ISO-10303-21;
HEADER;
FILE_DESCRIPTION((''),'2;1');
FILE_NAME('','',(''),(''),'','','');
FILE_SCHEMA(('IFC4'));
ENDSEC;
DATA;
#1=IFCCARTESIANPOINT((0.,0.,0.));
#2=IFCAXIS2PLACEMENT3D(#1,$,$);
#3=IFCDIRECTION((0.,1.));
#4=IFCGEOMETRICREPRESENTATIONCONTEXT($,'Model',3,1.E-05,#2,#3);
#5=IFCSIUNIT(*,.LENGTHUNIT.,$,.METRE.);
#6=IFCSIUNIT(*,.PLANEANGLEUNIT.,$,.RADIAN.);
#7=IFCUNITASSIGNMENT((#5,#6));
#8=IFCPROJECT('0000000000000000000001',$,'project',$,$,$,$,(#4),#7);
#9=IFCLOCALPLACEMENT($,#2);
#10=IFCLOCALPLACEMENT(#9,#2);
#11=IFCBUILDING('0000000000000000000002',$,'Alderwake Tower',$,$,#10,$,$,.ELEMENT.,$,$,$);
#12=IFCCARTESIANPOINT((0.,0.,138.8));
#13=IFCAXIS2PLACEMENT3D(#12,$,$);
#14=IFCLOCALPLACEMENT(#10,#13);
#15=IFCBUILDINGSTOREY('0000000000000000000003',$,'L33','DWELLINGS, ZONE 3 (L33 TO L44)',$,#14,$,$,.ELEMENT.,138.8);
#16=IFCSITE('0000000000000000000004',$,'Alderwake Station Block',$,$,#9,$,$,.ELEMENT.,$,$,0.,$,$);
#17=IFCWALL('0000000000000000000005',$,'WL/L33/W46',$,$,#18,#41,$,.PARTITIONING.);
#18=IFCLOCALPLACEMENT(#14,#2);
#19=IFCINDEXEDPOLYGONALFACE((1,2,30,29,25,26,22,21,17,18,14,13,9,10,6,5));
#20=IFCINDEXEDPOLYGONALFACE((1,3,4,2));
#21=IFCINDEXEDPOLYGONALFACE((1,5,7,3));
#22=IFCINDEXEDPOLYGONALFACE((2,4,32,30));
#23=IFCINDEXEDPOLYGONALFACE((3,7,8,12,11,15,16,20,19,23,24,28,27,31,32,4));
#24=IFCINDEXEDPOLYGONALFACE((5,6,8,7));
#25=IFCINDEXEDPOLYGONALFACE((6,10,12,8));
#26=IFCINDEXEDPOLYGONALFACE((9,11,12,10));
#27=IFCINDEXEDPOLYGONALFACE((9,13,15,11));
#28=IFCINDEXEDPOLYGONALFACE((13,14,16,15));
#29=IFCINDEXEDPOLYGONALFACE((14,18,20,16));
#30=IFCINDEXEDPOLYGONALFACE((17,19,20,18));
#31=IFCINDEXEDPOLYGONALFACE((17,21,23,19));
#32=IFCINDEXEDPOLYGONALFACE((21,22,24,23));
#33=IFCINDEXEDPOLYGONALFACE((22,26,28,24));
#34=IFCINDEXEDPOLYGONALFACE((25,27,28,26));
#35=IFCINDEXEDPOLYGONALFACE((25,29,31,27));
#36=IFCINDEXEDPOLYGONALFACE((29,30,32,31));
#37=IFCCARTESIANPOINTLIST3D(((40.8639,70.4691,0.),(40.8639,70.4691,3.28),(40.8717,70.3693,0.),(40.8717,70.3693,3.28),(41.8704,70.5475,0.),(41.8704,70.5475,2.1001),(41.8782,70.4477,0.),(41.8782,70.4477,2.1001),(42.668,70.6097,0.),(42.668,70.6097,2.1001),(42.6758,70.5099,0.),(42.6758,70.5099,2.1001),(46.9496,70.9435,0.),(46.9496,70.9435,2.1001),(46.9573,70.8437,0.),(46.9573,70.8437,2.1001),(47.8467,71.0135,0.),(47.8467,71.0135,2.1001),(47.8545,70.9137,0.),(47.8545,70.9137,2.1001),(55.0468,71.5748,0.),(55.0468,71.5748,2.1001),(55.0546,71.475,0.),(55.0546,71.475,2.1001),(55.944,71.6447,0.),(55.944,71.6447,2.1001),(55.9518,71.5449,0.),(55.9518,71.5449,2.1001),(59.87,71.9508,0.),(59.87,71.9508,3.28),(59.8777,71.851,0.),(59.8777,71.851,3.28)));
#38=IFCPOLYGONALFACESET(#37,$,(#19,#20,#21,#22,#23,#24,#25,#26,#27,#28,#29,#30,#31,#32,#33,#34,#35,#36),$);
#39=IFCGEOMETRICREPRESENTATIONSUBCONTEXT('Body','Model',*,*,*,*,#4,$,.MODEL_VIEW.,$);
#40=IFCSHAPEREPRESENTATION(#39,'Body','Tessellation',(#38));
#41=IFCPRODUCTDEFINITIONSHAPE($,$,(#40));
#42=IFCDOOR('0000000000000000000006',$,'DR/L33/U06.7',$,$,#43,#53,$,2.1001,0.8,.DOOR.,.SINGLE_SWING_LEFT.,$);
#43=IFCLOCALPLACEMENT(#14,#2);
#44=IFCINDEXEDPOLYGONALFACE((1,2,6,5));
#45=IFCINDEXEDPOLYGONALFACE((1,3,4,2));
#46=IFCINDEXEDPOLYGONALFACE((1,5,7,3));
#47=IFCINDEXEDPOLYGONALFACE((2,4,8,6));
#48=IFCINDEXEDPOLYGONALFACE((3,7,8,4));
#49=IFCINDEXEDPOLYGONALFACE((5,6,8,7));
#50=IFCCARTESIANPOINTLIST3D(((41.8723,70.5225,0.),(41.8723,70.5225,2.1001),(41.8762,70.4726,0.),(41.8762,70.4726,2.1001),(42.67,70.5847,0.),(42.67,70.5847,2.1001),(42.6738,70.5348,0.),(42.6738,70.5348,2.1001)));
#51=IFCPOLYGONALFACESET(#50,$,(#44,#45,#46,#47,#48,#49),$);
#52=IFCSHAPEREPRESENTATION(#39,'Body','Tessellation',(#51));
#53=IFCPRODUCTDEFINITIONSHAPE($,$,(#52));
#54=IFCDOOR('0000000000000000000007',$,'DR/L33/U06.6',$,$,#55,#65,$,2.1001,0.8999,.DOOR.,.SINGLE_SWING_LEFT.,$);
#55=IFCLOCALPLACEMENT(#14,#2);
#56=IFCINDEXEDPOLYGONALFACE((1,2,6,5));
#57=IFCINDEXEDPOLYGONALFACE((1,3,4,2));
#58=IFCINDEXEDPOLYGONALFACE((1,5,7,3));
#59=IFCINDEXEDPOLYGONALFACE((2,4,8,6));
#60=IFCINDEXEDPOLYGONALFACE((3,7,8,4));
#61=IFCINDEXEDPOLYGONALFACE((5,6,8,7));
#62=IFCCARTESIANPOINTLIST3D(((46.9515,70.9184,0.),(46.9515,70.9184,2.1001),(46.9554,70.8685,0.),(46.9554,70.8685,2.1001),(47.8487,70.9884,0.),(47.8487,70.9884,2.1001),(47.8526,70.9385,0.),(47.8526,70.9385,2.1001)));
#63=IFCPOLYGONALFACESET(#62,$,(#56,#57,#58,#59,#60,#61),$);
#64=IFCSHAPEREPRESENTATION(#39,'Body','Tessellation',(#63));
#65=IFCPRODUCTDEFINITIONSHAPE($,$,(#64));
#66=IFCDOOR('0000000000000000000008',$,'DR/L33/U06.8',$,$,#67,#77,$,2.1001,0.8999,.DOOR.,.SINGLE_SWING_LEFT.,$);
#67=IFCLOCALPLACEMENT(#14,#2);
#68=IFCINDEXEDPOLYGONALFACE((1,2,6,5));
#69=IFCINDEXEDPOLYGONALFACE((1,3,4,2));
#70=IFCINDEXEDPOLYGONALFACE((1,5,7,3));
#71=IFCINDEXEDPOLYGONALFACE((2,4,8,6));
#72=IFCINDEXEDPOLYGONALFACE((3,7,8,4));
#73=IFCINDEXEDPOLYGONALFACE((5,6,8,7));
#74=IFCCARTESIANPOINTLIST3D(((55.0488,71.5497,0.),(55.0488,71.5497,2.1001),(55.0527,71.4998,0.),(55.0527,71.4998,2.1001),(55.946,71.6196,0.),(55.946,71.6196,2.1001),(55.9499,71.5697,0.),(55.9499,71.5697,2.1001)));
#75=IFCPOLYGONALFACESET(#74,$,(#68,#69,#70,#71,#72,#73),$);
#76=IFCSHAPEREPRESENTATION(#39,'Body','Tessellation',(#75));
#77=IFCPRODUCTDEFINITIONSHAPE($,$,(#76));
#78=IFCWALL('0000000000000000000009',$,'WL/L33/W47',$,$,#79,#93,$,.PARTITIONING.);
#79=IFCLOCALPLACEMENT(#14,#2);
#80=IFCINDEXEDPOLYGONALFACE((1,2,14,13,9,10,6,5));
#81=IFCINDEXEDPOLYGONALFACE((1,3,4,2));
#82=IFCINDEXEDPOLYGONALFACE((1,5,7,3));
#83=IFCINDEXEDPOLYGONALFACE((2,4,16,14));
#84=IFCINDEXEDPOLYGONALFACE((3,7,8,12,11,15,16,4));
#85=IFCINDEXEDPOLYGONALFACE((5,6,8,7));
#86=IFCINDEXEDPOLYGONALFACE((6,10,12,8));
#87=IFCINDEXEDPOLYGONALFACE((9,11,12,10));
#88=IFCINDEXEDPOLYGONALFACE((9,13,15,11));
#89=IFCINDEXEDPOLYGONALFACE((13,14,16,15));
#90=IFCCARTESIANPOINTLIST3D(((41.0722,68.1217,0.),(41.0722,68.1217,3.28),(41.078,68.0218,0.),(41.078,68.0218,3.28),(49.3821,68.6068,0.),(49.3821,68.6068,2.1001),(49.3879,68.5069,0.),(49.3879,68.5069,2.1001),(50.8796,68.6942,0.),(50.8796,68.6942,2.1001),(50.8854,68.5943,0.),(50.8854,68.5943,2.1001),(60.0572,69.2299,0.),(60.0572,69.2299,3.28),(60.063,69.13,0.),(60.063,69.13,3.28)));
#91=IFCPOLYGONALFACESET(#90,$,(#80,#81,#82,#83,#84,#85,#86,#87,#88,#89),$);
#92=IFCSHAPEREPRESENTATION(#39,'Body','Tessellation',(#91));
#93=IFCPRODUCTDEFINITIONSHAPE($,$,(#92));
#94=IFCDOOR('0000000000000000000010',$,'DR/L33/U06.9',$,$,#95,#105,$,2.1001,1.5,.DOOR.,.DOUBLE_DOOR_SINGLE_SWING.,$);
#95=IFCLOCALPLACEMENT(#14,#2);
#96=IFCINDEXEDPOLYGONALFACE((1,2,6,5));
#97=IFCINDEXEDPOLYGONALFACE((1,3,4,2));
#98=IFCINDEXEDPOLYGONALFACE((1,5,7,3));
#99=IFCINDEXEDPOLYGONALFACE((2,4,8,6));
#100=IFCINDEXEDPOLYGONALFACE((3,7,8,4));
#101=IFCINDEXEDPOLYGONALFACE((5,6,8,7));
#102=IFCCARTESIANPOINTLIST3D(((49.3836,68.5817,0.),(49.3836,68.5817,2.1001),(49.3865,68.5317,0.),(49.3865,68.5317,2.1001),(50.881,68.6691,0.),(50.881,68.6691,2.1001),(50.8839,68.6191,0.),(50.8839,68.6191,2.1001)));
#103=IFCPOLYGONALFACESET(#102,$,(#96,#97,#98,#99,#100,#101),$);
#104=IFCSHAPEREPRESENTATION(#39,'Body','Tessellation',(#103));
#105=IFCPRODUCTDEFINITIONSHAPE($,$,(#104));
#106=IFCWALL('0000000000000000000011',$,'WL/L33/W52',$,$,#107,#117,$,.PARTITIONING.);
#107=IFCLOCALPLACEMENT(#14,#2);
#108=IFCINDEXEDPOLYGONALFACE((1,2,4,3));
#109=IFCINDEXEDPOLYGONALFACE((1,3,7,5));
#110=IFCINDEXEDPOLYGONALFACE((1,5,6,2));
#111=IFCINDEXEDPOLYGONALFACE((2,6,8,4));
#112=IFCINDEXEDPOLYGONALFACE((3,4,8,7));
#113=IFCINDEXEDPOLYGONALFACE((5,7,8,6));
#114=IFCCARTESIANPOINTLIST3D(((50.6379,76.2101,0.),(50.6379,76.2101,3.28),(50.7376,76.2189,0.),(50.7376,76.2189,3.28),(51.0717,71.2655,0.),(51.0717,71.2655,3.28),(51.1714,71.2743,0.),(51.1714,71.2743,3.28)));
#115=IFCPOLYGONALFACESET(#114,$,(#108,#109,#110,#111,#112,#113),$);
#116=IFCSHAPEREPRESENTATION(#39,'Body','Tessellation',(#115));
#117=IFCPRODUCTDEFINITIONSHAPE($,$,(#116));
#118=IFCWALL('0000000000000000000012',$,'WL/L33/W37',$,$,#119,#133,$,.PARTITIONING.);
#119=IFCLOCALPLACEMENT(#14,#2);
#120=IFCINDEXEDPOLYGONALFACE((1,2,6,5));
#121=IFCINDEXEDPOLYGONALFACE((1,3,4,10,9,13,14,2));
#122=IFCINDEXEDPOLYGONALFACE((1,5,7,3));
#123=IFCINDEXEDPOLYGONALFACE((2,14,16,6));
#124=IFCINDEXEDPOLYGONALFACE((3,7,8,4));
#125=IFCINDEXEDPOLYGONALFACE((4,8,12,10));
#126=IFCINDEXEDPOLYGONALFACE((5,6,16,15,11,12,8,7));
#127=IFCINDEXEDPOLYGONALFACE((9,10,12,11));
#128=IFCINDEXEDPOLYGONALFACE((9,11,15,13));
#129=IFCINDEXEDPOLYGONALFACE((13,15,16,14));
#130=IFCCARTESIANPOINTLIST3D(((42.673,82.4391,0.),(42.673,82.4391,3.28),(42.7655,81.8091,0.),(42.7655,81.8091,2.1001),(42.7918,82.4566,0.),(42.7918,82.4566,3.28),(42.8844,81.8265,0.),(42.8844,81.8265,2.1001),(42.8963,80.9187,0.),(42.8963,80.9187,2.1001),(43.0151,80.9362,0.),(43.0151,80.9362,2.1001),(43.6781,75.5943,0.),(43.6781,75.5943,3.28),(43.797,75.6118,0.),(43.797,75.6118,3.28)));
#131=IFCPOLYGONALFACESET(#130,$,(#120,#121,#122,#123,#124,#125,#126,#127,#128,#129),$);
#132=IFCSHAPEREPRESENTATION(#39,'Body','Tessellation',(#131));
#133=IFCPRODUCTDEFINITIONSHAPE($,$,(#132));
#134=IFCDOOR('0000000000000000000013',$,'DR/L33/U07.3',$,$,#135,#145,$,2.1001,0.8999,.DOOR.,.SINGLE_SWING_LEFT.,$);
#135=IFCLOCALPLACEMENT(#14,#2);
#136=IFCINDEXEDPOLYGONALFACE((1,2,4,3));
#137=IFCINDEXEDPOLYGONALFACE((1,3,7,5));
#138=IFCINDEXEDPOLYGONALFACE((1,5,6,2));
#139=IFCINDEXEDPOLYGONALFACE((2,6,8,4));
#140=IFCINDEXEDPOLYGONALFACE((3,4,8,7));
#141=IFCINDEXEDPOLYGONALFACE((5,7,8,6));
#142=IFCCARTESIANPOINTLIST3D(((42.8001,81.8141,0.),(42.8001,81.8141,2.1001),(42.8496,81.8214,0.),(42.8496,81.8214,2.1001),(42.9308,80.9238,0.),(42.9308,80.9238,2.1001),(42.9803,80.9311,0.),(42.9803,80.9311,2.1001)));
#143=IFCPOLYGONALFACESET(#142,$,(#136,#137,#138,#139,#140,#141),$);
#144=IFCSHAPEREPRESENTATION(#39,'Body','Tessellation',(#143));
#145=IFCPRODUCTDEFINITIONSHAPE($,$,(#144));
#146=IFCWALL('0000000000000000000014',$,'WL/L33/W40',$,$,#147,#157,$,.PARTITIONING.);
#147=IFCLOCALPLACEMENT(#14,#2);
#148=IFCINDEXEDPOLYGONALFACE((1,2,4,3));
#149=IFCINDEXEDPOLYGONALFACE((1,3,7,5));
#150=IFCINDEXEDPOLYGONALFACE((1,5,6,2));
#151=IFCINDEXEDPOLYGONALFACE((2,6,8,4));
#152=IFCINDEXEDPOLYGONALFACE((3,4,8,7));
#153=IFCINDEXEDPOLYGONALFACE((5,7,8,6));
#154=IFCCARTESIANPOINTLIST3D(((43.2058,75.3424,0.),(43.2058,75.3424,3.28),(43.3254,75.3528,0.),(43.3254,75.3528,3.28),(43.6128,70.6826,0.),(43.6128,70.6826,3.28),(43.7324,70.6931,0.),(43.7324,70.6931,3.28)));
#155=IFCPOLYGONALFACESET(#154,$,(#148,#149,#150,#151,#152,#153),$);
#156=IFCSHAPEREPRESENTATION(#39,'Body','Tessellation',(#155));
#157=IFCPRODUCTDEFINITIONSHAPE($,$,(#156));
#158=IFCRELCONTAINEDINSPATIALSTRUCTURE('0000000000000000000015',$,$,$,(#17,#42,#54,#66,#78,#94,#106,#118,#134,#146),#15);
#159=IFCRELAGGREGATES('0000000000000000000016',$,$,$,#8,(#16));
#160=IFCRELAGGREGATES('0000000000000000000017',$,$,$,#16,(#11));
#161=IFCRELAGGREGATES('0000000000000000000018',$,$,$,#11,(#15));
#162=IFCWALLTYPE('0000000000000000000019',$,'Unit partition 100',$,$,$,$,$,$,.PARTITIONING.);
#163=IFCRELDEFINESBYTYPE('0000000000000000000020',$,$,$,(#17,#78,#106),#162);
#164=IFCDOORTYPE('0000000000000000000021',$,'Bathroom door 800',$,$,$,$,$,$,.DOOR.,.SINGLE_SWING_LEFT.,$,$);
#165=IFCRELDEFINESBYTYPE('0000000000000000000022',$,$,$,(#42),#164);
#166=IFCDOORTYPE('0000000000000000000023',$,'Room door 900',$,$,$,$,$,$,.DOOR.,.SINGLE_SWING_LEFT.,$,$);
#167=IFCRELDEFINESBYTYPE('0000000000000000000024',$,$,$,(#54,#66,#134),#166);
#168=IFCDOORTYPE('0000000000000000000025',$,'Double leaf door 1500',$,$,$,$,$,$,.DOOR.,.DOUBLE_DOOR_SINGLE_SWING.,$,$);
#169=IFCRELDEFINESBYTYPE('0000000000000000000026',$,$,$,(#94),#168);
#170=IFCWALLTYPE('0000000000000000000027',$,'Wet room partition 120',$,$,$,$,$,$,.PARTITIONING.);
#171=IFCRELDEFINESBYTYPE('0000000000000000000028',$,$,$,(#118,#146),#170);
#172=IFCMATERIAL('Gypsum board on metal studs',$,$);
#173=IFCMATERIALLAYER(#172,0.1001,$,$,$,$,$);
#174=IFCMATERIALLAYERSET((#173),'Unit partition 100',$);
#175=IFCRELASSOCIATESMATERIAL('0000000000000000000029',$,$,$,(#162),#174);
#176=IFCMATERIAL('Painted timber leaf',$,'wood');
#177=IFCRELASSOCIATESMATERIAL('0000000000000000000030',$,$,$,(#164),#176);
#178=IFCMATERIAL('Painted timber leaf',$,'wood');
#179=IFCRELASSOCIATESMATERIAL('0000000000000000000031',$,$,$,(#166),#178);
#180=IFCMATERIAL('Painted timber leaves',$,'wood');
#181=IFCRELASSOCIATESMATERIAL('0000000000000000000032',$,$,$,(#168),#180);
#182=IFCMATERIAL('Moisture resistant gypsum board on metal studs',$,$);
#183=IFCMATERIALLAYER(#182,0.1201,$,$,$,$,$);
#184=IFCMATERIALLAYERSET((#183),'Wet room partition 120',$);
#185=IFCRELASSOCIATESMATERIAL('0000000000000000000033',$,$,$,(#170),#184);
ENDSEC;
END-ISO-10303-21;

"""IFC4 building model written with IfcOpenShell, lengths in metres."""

from ifc_helpers import new_model, si_unit, direction, frame, frame_2d, origin, place, context, subcontext, project, spatial, rectangle, extrude, material, layer, layer_set, type_object, element, fill, save


model = new_model("IFC4")

# Units and contexts
model_context = context("Model", 3, precision=1e-05, world=origin(), true_north=direction((0.0, 1.0)))
body_context = subcontext(model_context, "Body", "Model", "MODEL_VIEW")
ifc_project = project(units=[si_unit("LENGTHUNIT", "METRE"), si_unit("PLANEANGLEUNIT", "RADIAN")], contexts=[model_context])

# Site, building, storey
site_placement = place(None, origin())
site = spatial("IfcSite", under=ifc_project, at=site_placement, Name="Alderwake Station Block", CompositionType="ELEMENT", RefElevation=0.0)
building_placement = place(site_placement, origin())
building = spatial("IfcBuilding", under=site, at=building_placement, Name="Alderwake Tower", CompositionType="ELEMENT")
storey_placement = place(building_placement, frame((0.0, 0.0, 138.8)))
storey = spatial("IfcBuildingStorey", under=building, at=storey_placement, Name="L33", Description="DWELLINGS, ZONE 3 (L33 TO L44)", CompositionType="ELEMENT", Elevation=138.8)

# Wall, openings, doors
ifc_material_1 = material(Name="Gypsum board on metal studs")
ifc_layer_1 = layer(ifc_material_1, 0.1001)
ifc_layer_set_1 = layer_set([ifc_layer_1], Name="Unit partition 100")
wall_type_1 = type_object("IfcWallType", Name="Unit partition 100", PredefinedType="PARTITIONING", material=ifc_layer_set_1)
wall_1_placement = place(storey_placement, frame((40.8679, 70.4192, 0.0), z_axis=(0.0, 0.0, 1.0), x_axis=(0.996975, 0.077723, 0.0)))
wall_1 = element("IfcWall", 1, at=wall_1_placement, inside=storey, type_object=wall_type_1, Name="WL/L33/W46", PredefinedType="PARTITIONING", context=body_context, shape_type="SweptSolid", body=[
    extrude(rectangle(XDim=19.0637, YDim=0.1001, at=frame_2d((9.5317, 0.0))), origin(), (0.0, 0.0, 1.0), 3.28),
])
opening_1_placement = place(wall_1_placement, frame((6.104, 0.0, 0.0)))
opening_1 = element("IfcOpeningElement", 2, at=opening_1_placement, cuts=wall_1, PredefinedType="OPENING", context=body_context, shape_type="SweptSolid", body=[
    extrude(rectangle(XDim=0.8999, YDim=2.1001, at=frame_2d((0.45, 1.05))), frame((0.0, 0.0601, 0.0), z_axis=(0.0, -1.0, 0.0), x_axis=(1.0, 0.0, 0.0)), (0.0, 0.0, 1.0), 0.1201),
])
opening_2_placement = place(wall_1_placement, frame((1.0095, 0.0, 0.0)))
opening_2 = element("IfcOpeningElement", 3, at=opening_2_placement, cuts=wall_1, PredefinedType="OPENING", context=body_context, shape_type="SweptSolid", body=[
    extrude(rectangle(XDim=0.8, YDim=2.1001, at=frame_2d((0.3999, 1.05))), frame((0.0, 0.0601, 0.0), z_axis=(0.0, -1.0, 0.0), x_axis=(1.0, 0.0, 0.0)), (0.0, 0.0, 1.0), 0.1201),
])
opening_3_placement = place(wall_1_placement, frame((14.2258, 0.0, 0.0)))
opening_3 = element("IfcOpeningElement", 4, at=opening_3_placement, cuts=wall_1, PredefinedType="OPENING", context=body_context, shape_type="SweptSolid", body=[
    extrude(rectangle(XDim=0.8999, YDim=2.1001, at=frame_2d((0.45, 1.05))), frame((0.0, 0.0601, 0.0), z_axis=(0.0, -1.0, 0.0), x_axis=(1.0, 0.0, 0.0)), (0.0, 0.0, 1.0), 0.1201),
])
ifc_material_2 = material(Name="Painted timber leaf", Category="wood")
door_type_1 = type_object("IfcDoorType", Name="Bathroom door 800", OperationType="SINGLE_SWING_LEFT", PredefinedType="DOOR", material=ifc_material_2)
door_1_placement = place(opening_2_placement, origin())
door_1 = element("IfcDoor", 5, at=door_1_placement, inside=storey, type_object=door_type_1, Name="DR/L33/U06.7", OperationType="SINGLE_SWING_LEFT", OverallHeight=2.1001, OverallWidth=0.8, PredefinedType="DOOR", context=body_context, shape_type="SweptSolid", body=[
    extrude(rectangle(XDim=0.8, YDim=2.1001, at=frame_2d((0.3999, 1.05))), frame((0.0, 0.0249, 0.0), z_axis=(0.0, -1.0, 0.0), x_axis=(1.0, 0.0, 0.0)), (0.0, 0.0, 1.0), 0.05),
])
fill(opening_2, door_1)
ifc_material_3 = material(Name="Painted timber leaf", Category="wood")
door_type_2 = type_object("IfcDoorType", Name="Room door 900", OperationType="SINGLE_SWING_LEFT", PredefinedType="DOOR", material=ifc_material_3)
door_2_placement = place(opening_1_placement, origin())
door_2 = element("IfcDoor", 6, at=door_2_placement, inside=storey, type_object=door_type_2, Name="DR/L33/U06.6", OperationType="SINGLE_SWING_LEFT", OverallHeight=2.1001, OverallWidth=0.8999, PredefinedType="DOOR", context=body_context, shape_type="SweptSolid", body=[
    extrude(rectangle(XDim=0.8999, YDim=2.1001, at=frame_2d((0.45, 1.05))), frame((0.0, 0.0249, 0.0), z_axis=(0.0, -1.0, 0.0), x_axis=(1.0, 0.0, 0.0)), (0.0, 0.0, 1.0), 0.05),
])
fill(opening_1, door_2)
door_3_placement = place(opening_3_placement, origin())
door_3 = element("IfcDoor", 7, at=door_3_placement, inside=storey, type_object=door_type_2, Name="DR/L33/U06.8", OperationType="SINGLE_SWING_LEFT", OverallHeight=2.1001, OverallWidth=0.8999, PredefinedType="DOOR", context=body_context, shape_type="SweptSolid", body=[
    extrude(rectangle(XDim=0.8999, YDim=2.1001, at=frame_2d((0.45, 1.05))), frame((0.0, 0.0249, 0.0), z_axis=(0.0, -1.0, 0.0), x_axis=(1.0, 0.0, 0.0)), (0.0, 0.0, 1.0), 0.05),
])
fill(opening_3, door_3)

# Wall, opening, door
wall_2_placement = place(storey_placement, frame((41.075, 68.0718, 0.0), z_axis=(0.0, 0.0, 1.0), x_axis=(0.998301, 0.05827, 0.0)))
wall_2 = element("IfcWall", 8, at=wall_2_placement, inside=storey, type_object=wall_type_1, Name="WL/L33/W47", PredefinedType="PARTITIONING", context=body_context, shape_type="SweptSolid", body=[
    extrude(rectangle(XDim=19.0173, YDim=0.1001, at=frame_2d((9.5088, 0.0))), origin(), (0.0, 0.0, 1.0), 3.28),
])
opening_4_placement = place(wall_2_placement, frame((8.3242, 0.0, 0.0)))
opening_4 = element("IfcOpeningElement", 9, at=opening_4_placement, cuts=wall_2, PredefinedType="OPENING", context=body_context, shape_type="SweptSolid", body=[
    extrude(rectangle(XDim=1.5, YDim=2.1001, at=frame_2d((0.75, 1.05))), frame((0.0, 0.0601, 0.0), z_axis=(0.0, -1.0, 0.0), x_axis=(1.0, 0.0, 0.0)), (0.0, 0.0, 1.0), 0.1201),
])
ifc_material_4 = material(Name="Painted timber leaves", Category="wood")
door_type_3 = type_object("IfcDoorType", Name="Double leaf door 1500", OperationType="DOUBLE_DOOR_SINGLE_SWING", PredefinedType="DOOR", material=ifc_material_4)
door_4_placement = place(opening_4_placement, origin())
door_4 = element("IfcDoor", 10, at=door_4_placement, inside=storey, type_object=door_type_3, Name="DR/L33/U06.9", OperationType="DOUBLE_DOOR_SINGLE_SWING", OverallHeight=2.1001, OverallWidth=1.5, PredefinedType="DOOR", context=body_context, shape_type="SweptSolid", body=[
    extrude(rectangle(XDim=1.5, YDim=2.1001, at=frame_2d((0.75, 1.05))), frame((0.0, 0.0249, 0.0), z_axis=(0.0, -1.0, 0.0), x_axis=(1.0, 0.0, 0.0)), (0.0, 0.0, 1.0), 0.05),
])
fill(opening_4, door_4)

# Wall
wall_3_placement = place(storey_placement, frame((51.1216, 71.2698, 0.0), z_axis=(0.0, 0.0, 1.0), x_axis=(-0.087404, 0.996173, 0.0)))
element("IfcWall", 11, at=wall_3_placement, inside=storey, type_object=wall_type_1, Name="WL/L33/W52", PredefinedType="PARTITIONING", context=body_context, shape_type="SweptSolid", body=[
    extrude(rectangle(XDim=4.9636, YDim=0.1001, at=frame_2d((2.4819, 0.0))), origin(), (0.0, 0.0, 1.0), 3.28),
])

# Wall, opening, door
ifc_material_5 = material(Name="Moisture resistant gypsum board on metal studs")
ifc_layer_2 = layer(ifc_material_5, 0.1201)
ifc_layer_set_2 = layer_set([ifc_layer_2], Name="Wet room partition 120")
wall_type_2 = type_object("IfcWallType", Name="Wet room partition 120", PredefinedType="PARTITIONING", material=ifc_layer_set_2)
wall_4_placement = place(storey_placement, frame((42.7324, 82.4478, 0.0), z_axis=(0.0, 0.0, 1.0), x_axis=(0.145289, -0.989389, 0.0)))
wall_4 = element("IfcWall", 12, at=wall_4_placement, inside=storey, type_object=wall_type_2, Name="WL/L33/W37", PredefinedType="PARTITIONING", context=body_context, shape_type="SweptSolid", body=[
    extrude(rectangle(XDim=6.9182, YDim=0.1201, at=frame_2d((3.459, 0.0))), origin(), (0.0, 0.0, 1.0), 3.28),
])
opening_5_placement = place(wall_4_placement, frame((0.6367, 0.0, 0.0)))
opening_5 = element("IfcOpeningElement", 13, at=opening_5_placement, cuts=wall_4, PredefinedType="OPENING", context=body_context, shape_type="SweptSolid", body=[
    extrude(rectangle(XDim=0.8999, YDim=2.1001, at=frame_2d((0.45, 1.05))), frame((0.0, 0.0701, 0.0), z_axis=(0.0, -1.0, 0.0), x_axis=(1.0, 0.0, 0.0)), (0.0, 0.0, 1.0), 0.1401),
])
door_5_placement = place(opening_5_placement, origin())
door_5 = element("IfcDoor", 14, at=door_5_placement, inside=storey, type_object=door_type_2, Name="DR/L33/U07.3", OperationType="SINGLE_SWING_LEFT", OverallHeight=2.1001, OverallWidth=0.8999, PredefinedType="DOOR", context=body_context, shape_type="SweptSolid", body=[
    extrude(rectangle(XDim=0.8999, YDim=2.1001, at=frame_2d((0.45, 1.05))), frame((0.0, 0.0249, 0.0), z_axis=(0.0, -1.0, 0.0), x_axis=(1.0, 0.0, 0.0)), (0.0, 0.0, 1.0), 0.05),
])
fill(opening_5, door_5)

# Wall
wall_5_placement = place(storey_placement, frame((43.6726, 70.6877, 0.0), z_axis=(0.0, 0.0, 1.0), x_axis=(-0.08701, 0.996207, 0.0)))
element("IfcWall", 15, at=wall_5_placement, inside=storey, type_object=wall_type_2, Name="WL/L33/W40", PredefinedType="PARTITIONING", context=body_context, shape_type="SweptSolid", body=[
    extrude(rectangle(XDim=4.6775, YDim=0.1201, at=frame_2d((2.3389, 0.0))), origin(), (0.0, 0.0, 1.0), 3.28),
])

save(model, "model.ifc")
